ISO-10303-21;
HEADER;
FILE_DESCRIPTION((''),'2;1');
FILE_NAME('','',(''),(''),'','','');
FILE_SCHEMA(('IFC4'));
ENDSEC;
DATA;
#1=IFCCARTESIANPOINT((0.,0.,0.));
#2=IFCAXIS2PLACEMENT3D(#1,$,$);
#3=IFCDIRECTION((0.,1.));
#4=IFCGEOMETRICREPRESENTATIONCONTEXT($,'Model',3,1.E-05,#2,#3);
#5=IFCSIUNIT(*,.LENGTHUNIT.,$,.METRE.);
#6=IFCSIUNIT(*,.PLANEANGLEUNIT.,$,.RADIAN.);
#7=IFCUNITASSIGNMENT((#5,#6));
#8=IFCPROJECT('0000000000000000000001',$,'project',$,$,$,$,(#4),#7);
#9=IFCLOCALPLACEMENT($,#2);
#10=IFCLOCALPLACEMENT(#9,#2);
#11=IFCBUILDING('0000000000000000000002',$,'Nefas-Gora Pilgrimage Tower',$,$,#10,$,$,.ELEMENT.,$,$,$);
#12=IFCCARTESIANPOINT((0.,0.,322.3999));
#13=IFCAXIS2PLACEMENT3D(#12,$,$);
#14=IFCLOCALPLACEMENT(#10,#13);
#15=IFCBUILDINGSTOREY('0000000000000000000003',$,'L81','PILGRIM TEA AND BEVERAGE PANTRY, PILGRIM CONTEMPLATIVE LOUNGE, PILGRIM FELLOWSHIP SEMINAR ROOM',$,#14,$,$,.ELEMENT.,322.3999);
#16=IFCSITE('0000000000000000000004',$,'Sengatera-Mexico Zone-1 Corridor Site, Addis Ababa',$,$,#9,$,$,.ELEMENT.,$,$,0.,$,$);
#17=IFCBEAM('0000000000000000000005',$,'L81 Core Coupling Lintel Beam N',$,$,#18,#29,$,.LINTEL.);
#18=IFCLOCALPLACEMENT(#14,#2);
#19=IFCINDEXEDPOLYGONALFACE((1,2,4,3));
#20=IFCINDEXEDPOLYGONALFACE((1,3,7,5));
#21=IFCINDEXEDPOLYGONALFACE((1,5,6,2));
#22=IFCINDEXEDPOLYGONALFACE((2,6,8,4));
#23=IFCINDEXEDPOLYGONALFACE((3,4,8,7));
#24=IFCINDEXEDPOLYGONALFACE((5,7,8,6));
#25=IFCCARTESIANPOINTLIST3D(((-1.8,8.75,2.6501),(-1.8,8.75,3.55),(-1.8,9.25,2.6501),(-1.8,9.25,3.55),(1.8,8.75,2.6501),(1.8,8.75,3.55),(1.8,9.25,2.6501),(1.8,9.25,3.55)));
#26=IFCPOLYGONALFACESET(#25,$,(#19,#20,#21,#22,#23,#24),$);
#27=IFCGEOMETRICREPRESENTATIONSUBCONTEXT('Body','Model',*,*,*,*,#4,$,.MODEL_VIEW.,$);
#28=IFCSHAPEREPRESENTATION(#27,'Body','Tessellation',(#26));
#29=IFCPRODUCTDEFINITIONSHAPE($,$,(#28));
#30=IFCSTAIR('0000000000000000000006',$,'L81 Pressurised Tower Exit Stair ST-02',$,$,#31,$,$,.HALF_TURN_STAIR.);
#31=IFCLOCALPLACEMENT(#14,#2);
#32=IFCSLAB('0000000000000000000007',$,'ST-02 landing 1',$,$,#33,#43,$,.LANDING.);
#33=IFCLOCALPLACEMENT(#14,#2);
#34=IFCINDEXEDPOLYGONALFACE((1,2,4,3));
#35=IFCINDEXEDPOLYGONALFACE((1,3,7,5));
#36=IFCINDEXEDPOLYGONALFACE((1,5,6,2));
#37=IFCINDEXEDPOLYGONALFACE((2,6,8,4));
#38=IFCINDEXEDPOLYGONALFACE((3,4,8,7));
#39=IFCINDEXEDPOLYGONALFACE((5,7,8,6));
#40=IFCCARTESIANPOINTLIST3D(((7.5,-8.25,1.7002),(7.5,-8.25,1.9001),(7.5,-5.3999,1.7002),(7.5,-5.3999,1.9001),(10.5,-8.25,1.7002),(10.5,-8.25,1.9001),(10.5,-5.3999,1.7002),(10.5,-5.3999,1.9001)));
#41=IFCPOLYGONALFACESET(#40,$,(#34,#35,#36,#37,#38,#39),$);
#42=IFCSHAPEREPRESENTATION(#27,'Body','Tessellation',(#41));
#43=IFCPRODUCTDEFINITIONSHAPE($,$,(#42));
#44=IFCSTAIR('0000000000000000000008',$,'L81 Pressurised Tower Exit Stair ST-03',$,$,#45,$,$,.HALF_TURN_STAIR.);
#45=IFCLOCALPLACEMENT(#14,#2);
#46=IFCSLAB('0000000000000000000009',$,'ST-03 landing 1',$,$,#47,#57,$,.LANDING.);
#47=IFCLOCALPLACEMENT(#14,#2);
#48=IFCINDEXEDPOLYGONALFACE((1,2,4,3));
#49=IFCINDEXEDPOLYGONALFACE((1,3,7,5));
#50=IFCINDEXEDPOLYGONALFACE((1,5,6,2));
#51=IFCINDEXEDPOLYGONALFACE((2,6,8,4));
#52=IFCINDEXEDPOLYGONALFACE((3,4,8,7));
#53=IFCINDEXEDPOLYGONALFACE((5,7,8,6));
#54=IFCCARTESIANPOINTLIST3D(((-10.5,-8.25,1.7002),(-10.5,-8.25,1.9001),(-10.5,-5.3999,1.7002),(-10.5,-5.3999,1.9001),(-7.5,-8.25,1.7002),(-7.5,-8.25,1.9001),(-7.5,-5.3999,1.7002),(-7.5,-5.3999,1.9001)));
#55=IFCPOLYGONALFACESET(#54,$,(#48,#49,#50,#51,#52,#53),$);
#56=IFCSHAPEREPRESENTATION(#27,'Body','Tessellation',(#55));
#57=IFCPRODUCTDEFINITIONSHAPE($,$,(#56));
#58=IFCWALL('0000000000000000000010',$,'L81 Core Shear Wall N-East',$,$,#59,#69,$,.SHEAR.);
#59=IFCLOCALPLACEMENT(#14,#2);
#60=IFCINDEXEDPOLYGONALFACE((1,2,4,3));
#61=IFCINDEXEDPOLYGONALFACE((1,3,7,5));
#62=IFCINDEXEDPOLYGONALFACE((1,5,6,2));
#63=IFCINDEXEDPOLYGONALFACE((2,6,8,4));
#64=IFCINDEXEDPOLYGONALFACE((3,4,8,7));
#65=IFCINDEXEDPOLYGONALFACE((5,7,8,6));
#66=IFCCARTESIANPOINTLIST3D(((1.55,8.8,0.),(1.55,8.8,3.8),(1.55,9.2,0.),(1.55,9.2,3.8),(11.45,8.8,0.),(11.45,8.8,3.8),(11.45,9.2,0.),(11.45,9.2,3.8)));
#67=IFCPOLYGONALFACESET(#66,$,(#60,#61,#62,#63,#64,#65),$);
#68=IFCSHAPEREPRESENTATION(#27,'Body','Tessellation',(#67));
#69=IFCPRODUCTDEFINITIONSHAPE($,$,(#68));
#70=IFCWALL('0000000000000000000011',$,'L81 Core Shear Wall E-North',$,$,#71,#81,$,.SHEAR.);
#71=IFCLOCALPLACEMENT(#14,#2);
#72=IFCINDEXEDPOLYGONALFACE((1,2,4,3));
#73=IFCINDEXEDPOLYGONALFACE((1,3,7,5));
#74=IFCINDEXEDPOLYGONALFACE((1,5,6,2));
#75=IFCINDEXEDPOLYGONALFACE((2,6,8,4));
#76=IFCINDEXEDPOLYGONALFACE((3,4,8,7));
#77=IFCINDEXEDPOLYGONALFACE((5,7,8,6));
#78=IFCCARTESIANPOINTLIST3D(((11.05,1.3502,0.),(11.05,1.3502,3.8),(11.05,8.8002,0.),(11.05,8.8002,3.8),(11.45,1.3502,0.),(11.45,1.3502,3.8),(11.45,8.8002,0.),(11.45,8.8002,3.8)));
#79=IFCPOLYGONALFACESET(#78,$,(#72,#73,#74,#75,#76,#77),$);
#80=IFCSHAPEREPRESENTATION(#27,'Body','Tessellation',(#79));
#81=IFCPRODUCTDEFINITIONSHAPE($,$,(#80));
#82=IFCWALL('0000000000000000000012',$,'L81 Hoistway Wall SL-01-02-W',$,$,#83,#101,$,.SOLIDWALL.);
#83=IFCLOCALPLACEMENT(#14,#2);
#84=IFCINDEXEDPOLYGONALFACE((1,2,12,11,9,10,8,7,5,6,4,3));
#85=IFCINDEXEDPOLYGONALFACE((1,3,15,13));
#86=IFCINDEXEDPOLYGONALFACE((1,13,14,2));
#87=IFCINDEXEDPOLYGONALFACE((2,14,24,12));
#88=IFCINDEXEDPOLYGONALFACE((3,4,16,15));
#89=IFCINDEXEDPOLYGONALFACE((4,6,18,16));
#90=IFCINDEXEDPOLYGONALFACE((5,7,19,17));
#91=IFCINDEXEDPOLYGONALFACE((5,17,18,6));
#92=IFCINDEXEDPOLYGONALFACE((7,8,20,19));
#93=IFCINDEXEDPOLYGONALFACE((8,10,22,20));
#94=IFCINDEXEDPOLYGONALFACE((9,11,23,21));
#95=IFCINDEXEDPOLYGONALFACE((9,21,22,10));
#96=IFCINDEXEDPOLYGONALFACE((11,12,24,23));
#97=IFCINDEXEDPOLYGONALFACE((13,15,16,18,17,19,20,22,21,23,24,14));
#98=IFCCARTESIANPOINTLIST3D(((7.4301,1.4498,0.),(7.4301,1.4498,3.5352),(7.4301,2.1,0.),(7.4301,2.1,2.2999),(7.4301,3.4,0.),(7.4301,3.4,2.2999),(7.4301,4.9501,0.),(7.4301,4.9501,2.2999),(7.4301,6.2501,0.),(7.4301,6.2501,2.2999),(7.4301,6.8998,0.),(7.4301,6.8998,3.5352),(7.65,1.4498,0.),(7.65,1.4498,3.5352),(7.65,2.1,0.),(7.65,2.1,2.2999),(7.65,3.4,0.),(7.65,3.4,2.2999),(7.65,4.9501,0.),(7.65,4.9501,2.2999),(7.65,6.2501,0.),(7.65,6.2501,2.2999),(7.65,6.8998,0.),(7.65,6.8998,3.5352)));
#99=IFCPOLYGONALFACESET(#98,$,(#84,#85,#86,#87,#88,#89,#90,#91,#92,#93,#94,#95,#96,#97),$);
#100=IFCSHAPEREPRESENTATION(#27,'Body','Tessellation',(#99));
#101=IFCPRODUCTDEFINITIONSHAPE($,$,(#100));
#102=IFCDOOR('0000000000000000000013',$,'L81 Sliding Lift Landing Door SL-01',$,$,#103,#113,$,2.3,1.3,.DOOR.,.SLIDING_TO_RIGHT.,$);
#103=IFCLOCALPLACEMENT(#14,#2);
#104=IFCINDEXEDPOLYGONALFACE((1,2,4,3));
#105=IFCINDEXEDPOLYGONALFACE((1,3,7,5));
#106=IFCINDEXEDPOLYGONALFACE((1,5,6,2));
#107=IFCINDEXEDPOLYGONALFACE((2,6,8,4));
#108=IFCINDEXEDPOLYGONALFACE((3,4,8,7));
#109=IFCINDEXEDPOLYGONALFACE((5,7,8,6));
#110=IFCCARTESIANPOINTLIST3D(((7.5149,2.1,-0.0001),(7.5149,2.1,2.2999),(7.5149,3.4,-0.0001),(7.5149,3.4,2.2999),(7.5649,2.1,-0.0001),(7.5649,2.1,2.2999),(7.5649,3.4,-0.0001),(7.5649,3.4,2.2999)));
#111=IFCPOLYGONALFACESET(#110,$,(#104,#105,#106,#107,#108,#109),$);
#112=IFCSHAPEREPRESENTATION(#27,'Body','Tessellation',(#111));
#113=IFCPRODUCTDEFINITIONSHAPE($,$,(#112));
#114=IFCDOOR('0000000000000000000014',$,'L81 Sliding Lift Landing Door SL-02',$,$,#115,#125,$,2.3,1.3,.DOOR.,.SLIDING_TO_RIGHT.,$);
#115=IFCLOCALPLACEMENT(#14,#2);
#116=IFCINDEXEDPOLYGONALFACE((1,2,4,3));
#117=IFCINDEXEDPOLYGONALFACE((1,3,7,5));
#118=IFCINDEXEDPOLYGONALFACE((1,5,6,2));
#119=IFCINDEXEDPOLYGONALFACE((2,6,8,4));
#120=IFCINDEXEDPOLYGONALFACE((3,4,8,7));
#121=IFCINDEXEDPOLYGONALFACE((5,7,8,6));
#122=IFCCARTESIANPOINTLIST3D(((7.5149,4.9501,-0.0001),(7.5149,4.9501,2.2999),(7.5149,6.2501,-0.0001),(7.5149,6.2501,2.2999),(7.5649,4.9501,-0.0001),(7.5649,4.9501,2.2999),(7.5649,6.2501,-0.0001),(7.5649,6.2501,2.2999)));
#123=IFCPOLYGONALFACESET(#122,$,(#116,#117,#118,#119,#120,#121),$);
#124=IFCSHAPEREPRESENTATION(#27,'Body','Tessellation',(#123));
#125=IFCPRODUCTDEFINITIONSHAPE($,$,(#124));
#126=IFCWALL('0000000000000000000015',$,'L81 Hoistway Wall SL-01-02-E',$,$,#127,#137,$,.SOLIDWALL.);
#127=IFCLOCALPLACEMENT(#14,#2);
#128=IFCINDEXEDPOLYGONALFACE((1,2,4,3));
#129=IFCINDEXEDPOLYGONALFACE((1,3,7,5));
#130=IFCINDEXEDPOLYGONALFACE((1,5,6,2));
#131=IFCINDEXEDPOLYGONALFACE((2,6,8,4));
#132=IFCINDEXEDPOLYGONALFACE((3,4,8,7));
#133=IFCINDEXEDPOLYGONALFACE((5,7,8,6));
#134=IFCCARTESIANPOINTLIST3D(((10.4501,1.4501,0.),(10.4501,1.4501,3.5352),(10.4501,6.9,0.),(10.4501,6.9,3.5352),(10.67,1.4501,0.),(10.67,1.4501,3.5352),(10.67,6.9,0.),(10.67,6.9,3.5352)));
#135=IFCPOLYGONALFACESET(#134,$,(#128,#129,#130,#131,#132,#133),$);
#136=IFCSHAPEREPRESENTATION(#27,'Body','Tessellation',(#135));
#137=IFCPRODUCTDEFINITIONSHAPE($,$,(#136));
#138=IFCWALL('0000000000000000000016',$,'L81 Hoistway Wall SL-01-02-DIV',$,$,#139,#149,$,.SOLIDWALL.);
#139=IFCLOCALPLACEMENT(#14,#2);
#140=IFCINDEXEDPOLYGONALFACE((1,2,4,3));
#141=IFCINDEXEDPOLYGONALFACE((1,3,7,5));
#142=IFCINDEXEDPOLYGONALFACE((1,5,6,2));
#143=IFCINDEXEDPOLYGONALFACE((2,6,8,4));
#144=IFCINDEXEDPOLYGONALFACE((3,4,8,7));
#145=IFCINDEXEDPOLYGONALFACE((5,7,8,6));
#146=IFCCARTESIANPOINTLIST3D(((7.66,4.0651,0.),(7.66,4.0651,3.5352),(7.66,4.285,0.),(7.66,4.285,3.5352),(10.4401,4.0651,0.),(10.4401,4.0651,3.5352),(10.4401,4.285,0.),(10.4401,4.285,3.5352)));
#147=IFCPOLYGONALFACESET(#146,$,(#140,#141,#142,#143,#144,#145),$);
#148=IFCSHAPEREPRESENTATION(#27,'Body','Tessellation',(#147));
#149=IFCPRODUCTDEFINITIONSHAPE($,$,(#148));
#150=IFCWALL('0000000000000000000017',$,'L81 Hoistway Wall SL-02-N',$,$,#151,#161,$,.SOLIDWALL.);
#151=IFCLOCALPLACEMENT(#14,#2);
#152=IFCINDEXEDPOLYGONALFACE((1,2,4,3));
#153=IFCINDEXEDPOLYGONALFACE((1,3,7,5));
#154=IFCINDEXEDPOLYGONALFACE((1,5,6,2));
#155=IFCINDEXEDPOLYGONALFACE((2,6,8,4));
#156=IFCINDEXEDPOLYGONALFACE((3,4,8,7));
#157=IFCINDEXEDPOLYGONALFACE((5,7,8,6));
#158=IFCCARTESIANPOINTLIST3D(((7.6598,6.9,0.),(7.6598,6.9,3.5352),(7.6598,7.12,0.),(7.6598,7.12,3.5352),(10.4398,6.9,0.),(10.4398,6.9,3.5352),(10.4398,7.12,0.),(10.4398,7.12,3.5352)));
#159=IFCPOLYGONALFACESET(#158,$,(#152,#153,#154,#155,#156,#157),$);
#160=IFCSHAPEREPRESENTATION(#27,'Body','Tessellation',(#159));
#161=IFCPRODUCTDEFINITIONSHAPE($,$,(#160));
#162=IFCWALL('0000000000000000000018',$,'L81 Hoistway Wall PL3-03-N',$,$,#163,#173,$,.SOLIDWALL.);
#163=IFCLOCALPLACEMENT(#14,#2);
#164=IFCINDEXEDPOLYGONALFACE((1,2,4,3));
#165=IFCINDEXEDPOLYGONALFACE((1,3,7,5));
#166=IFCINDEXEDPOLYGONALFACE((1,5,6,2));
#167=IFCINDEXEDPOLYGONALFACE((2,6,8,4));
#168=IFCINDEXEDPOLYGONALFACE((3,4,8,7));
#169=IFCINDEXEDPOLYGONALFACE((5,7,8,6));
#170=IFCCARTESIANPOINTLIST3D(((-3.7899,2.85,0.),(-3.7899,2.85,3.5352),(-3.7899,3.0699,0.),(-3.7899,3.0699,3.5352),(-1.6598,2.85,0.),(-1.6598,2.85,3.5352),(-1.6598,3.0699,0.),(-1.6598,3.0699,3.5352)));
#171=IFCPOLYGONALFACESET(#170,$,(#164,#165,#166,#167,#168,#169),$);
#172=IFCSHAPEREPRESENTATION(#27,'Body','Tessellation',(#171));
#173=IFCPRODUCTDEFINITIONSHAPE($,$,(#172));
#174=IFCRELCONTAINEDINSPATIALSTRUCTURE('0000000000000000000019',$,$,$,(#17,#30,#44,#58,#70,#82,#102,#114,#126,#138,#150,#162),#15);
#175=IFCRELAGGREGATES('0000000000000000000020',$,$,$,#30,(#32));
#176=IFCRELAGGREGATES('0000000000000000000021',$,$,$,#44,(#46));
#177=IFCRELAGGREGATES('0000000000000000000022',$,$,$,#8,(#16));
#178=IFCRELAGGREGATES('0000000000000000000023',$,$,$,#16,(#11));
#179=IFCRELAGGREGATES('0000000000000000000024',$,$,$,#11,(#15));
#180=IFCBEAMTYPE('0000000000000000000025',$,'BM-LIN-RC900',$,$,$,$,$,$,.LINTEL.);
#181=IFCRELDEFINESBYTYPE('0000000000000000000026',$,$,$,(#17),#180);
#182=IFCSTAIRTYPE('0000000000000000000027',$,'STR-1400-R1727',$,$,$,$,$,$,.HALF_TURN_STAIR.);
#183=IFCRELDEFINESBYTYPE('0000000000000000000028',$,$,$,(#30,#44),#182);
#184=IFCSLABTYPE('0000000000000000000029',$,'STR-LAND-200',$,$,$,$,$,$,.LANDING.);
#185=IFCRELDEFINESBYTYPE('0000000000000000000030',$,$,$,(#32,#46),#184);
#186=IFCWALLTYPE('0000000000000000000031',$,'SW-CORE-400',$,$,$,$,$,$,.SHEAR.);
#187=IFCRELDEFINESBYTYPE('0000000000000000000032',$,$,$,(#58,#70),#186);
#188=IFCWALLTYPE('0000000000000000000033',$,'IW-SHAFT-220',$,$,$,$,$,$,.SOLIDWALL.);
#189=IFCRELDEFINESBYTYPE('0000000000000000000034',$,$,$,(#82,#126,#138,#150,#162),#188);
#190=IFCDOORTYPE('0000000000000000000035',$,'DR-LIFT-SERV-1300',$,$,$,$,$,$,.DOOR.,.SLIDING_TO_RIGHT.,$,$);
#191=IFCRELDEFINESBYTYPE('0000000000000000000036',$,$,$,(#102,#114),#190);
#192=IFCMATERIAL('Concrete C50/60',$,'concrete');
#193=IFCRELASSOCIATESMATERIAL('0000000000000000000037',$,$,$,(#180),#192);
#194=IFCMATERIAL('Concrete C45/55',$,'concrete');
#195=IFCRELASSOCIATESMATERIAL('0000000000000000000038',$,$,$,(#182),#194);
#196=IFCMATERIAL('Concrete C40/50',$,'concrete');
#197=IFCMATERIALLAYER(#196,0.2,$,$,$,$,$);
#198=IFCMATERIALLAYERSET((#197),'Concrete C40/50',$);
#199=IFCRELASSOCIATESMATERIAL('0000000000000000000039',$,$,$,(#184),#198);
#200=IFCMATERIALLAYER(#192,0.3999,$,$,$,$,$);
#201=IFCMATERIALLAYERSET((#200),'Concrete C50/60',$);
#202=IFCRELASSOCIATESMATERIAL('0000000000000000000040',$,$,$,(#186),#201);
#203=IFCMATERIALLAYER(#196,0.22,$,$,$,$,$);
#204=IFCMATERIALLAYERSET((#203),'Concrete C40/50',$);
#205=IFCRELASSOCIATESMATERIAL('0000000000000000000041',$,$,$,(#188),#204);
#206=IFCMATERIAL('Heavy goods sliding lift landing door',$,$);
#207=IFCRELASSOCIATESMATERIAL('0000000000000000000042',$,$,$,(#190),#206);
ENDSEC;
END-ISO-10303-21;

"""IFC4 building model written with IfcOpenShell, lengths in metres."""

from ifc_helpers import new_model, si_unit, direction, frame, frame_2d, origin, origin_2d, place, context, subcontext, project, spatial, polyline, rectangle, outline, extrude, source, transform, mapped, material, layer, layer_set, material_profile, profile_set, type_object, element, fill, aggregate, save


model = new_model("IFC4")

# Units and contexts
model_context = context("Model", 3, precision=1e-05, world=origin(), true_north=direction((0.0, 1.0)))
body_context = subcontext(model_context, "Body", "Model", "MODEL_VIEW")
ifc_project = project(units=[si_unit("LENGTHUNIT", "METRE"), si_unit("PLANEANGLEUNIT", "RADIAN")], contexts=[model_context])

# Site, building, storey
site_placement = place(None, origin())
site = spatial("IfcSite", under=ifc_project, at=site_placement, Name="Sengatera-Mexico Zone-1 Corridor Site, Addis Ababa", CompositionType="ELEMENT", RefElevation=0.0)
building_placement = place(site_placement, origin())
building = spatial("IfcBuilding", under=site, at=building_placement, Name="Nefas-Gora Pilgrimage Tower", CompositionType="ELEMENT")
storey_placement = place(building_placement, frame((0.0, 0.0, 322.3999)))
storey = spatial("IfcBuildingStorey", under=building, at=storey_placement, Name="L81", Description="PILGRIM TEA AND BEVERAGE PANTRY, PILGRIM CONTEMPLATIVE LOUNGE, PILGRIM FELLOWSHIP SEMINAR ROOM", CompositionType="ELEMENT", Elevation=322.3999)

# Beam
ifc_material_1 = material(Name="Concrete C50/60", Category="concrete")
ifc_material_profile = material_profile(ifc_material_1, rectangle(XDim=0.5, YDim=0.8999, at=origin_2d()), Name="RC 500x900")
ifc_profile_set = profile_set([ifc_material_profile], Name="Concrete C50/60")
beam_type = type_object("IfcBeamType", Name="BM-LIN-RC900", PredefinedType="LINTEL", material=ifc_profile_set)
shared_shape_1 = source(origin(), body_context, "Body", "SweptSolid", [
    extrude(rectangle(XDim=0.5, YDim=0.8999, at=origin_2d()), origin(), (0.0, 0.0, 1.0), 3.6001),
])
beam_placement = place(storey_placement, frame((-1.8, 9.0, 3.1001), z_axis=(1.0, 0.0, 0.0), x_axis=(0.0, 1.0, 0.0)))
element("IfcBeam", 1, at=beam_placement, inside=storey, type_object=beam_type, Name="L81 Core Coupling Lintel Beam N", PredefinedType="LINTEL", context=body_context, shape_type="MappedRepresentation", body=[
    mapped(shared_shape_1, transform((0.0, 0.0, 0.0), x_axis=(1.0, 0.0, 0.0), y_axis=(0.0, 1.0, 0.0), z_axis=(0.0, 0.0, 1.0), scale=1.0)),
])

# Stairs, slabs
ifc_material_2 = material(Name="Concrete C45/55", Category="concrete")
stair_type = type_object("IfcStairType", Name="STR-1400-R1727", PredefinedType="HALF_TURN_STAIR", material=ifc_material_2)
stair_1_placement = place(storey_placement, origin())
stair_1 = element("IfcStair", 2, at=stair_1_placement, inside=storey, type_object=stair_type, Name="L81 Pressurised Tower Exit Stair ST-02", PredefinedType="HALF_TURN_STAIR")
ifc_material_3 = material(Name="Concrete C40/50", Category="concrete")
ifc_layer_1 = layer(ifc_material_3, 0.2)
ifc_layer_set_1 = layer_set([ifc_layer_1], Name="Concrete C40/50")
slab_type = type_object("IfcSlabType", Name="STR-LAND-200", PredefinedType="LANDING", material=ifc_layer_set_1)
slab_1_placement = place(storey_placement, frame((0.0, 0.0, 1.7002)))
slab_1 = element("IfcSlab", 3, at=slab_1_placement, type_object=slab_type, Name="ST-02 landing 1", PredefinedType="LANDING", context=body_context, shape_type="SweptSolid", body=[
    extrude(outline(polyline([(7.5, -5.3999), (7.5, -8.25), (10.5, -8.25), (10.5, -5.3999), (7.5, -5.3999)])), origin(), (0.0, 0.0, 1.0), 0.2),
])
aggregate(stair_1, [slab_1])
stair_2_placement = place(storey_placement, origin())
stair_2 = element("IfcStair", 4, at=stair_2_placement, inside=storey, type_object=stair_type, Name="L81 Pressurised Tower Exit Stair ST-03", PredefinedType="HALF_TURN_STAIR")
slab_2_placement = place(storey_placement, frame((0.0, 0.0, 1.7002)))
slab_2 = element("IfcSlab", 5, at=slab_2_placement, type_object=slab_type, Name="ST-03 landing 1", PredefinedType="LANDING", context=body_context, shape_type="SweptSolid", body=[
    extrude(outline(polyline([(-10.5, -5.3999), (-10.5, -8.25), (-7.5, -8.25), (-7.5, -5.3999), (-10.5, -5.3999)])), origin(), (0.0, 0.0, 1.0), 0.2),
])
aggregate(stair_2, [slab_2])

# Walls
ifc_layer_2 = layer(ifc_material_1, 0.3999)
ifc_layer_set_2 = layer_set([ifc_layer_2], Name="Concrete C50/60")
wall_type_1 = type_object("IfcWallType", Name="SW-CORE-400", PredefinedType="SHEAR", material=ifc_layer_set_2)
shared_shape_2 = source(origin(), body_context, "Body", "SweptSolid", [
    extrude(rectangle(XDim=9.8999, YDim=0.3999, at=frame_2d((4.95, 0.0))), origin(), (0.0, 0.0, 1.0), 3.8),
])
wall_1_placement = place(storey_placement, frame((1.55, 9.0, 0.0), z_axis=(0.0, 0.0, 1.0), x_axis=(1.0, 0.0, 0.0)))
element("IfcWall", 6, at=wall_1_placement, inside=storey, type_object=wall_type_1, Name="L81 Core Shear Wall N-East", PredefinedType="SHEAR", context=body_context, shape_type="MappedRepresentation", body=[
    mapped(shared_shape_2, transform((0.0, 0.0, 0.0), x_axis=(1.0, 0.0, 0.0), y_axis=(0.0, 1.0, 0.0), z_axis=(0.0, 0.0, 1.0), scale=1.0)),
])
shared_shape_3 = source(origin(), body_context, "Body", "SweptSolid", [
    extrude(rectangle(XDim=7.45, YDim=0.3999, at=frame_2d((3.7251, 0.0))), origin(), (0.0, 0.0, 1.0), 3.8),
])
wall_2_placement = place(storey_placement, frame((11.25, 1.3501, 0.0), z_axis=(0.0, 0.0, 1.0), x_axis=(0.0, 1.0, 0.0)))
element("IfcWall", 7, at=wall_2_placement, inside=storey, type_object=wall_type_1, Name="L81 Core Shear Wall E-North", PredefinedType="SHEAR", context=body_context, shape_type="MappedRepresentation", body=[
    mapped(shared_shape_3, transform((0.0, 0.0, 0.0), x_axis=(1.0, 0.0, 0.0), y_axis=(0.0, 1.0, 0.0), z_axis=(0.0, 0.0, 1.0), scale=1.0)),
])

# Wall, openings, doors
ifc_layer_3 = layer(ifc_material_3, 0.22)
ifc_layer_set_3 = layer_set([ifc_layer_3], Name="Concrete C40/50")
wall_type_2 = type_object("IfcWallType", Name="IW-SHAFT-220", PredefinedType="SOLIDWALL", material=ifc_layer_set_3)
shared_shape_4 = source(origin(), body_context, "Body", "SweptSolid", [
    extrude(rectangle(XDim=5.45, YDim=0.22, at=frame_2d((2.7251, 0.0))), origin(), (0.0, 0.0, 1.0), 3.5352),
])
wall_3_placement = place(storey_placement, frame((7.54, 6.8999, 0.0), z_axis=(0.0, 0.0, 1.0), x_axis=(0.0, -1.0, 0.0)))
wall_3 = element("IfcWall", 8, at=wall_3_placement, inside=storey, type_object=wall_type_2, Name="L81 Hoistway Wall SL-01-02-W", PredefinedType="SOLIDWALL", context=body_context, shape_type="MappedRepresentation", body=[
    mapped(shared_shape_4, transform((0.0, 0.0, 0.0), x_axis=(1.0, 0.0, 0.0), y_axis=(0.0, 1.0, 0.0), z_axis=(0.0, 0.0, 1.0), scale=1.0)),
])
opening_1_placement = place(wall_3_placement, frame((3.5, 0.0, 0.0)))
opening_1 = element("IfcOpeningElement", 9, at=opening_1_placement, cuts=wall_3, PredefinedType="OPENING", context=body_context, shape_type="SweptSolid", body=[
    extrude(rectangle(XDim=1.3, YDim=2.3, at=frame_2d((0.6499, 1.1499))), frame((0.0, 0.1199, 0.0), z_axis=(0.0, -1.0, 0.0), x_axis=(1.0, 0.0, 0.0)), (0.0, 0.0, 1.0), 0.24),
])
opening_2_placement = place(wall_3_placement, frame((0.6499, 0.0, 0.0)))
opening_2 = element("IfcOpeningElement", 10, at=opening_2_placement, cuts=wall_3, PredefinedType="OPENING", context=body_context, shape_type="SweptSolid", body=[
    extrude(rectangle(XDim=1.3, YDim=2.3, at=frame_2d((0.6499, 1.1499))), frame((0.0, 0.1199, 0.0), z_axis=(0.0, -1.0, 0.0), x_axis=(1.0, 0.0, 0.0)), (0.0, 0.0, 1.0), 0.24),
])
ifc_material_4 = material(Name="Heavy goods sliding lift landing door")
door_type_1 = type_object("IfcDoorType", Name="DR-LIFT-SERV-1300", OperationType="SLIDING_TO_RIGHT", PredefinedType="DOOR", material=ifc_material_4)
shared_shape_5 = source(origin(), body_context, "Body", "SweptSolid", [
    extrude(rectangle(XDim=1.3, YDim=2.3, at=frame_2d((0.6499, 1.1499))), frame((0.0, 0.0249, 0.0), z_axis=(0.0, -1.0, 0.0), x_axis=(1.0, 0.0, 0.0)), (0.0, 0.0, 1.0), 0.05),
])
door_1_placement = place(opening_1_placement, origin())
door_1 = element("IfcDoor", 11, at=door_1_placement, inside=storey, type_object=door_type_1, Name="L81 Sliding Lift Landing Door SL-01", OperationType="SLIDING_TO_RIGHT", OverallHeight=2.3, OverallWidth=1.3, PredefinedType="DOOR", context=body_context, shape_type="MappedRepresentation", body=[
    mapped(shared_shape_5, transform((0.0, 0.0, 0.0), x_axis=(1.0, 0.0, 0.0), y_axis=(0.0, 1.0, 0.0), z_axis=(0.0, 0.0, 1.0), scale=1.0)),
])
fill(opening_1, door_1)
door_2_placement = place(opening_2_placement, origin())
door_2 = element("IfcDoor", 12, at=door_2_placement, inside=storey, type_object=door_type_1, Name="L81 Sliding Lift Landing Door SL-02", OperationType="SLIDING_TO_RIGHT", OverallHeight=2.3, OverallWidth=1.3, PredefinedType="DOOR", context=body_context, shape_type="MappedRepresentation", body=[
    mapped(shared_shape_5, transform((0.0, 0.0, 0.0), x_axis=(1.0, 0.0, 0.0), y_axis=(0.0, 1.0, 0.0), z_axis=(0.0, 0.0, 1.0), scale=1.0)),
])
fill(opening_2, door_2)

# Walls
wall_4_placement = place(storey_placement, frame((10.5601, 1.45, 0.0), z_axis=(0.0, 0.0, 1.0), x_axis=(0.0, 1.0, 0.0)))
element("IfcWall", 13, at=wall_4_placement, inside=storey, type_object=wall_type_2, Name="L81 Hoistway Wall SL-01-02-E", PredefinedType="SOLIDWALL", context=body_context, shape_type="MappedRepresentation", body=[
    mapped(shared_shape_4, transform((0.0, 0.0, 0.0), x_axis=(1.0, 0.0, 0.0), y_axis=(0.0, 1.0, 0.0), z_axis=(0.0, 0.0, 1.0), scale=1.0)),
])
shared_shape_6 = source(origin(), body_context, "Body", "SweptSolid", [
    extrude(rectangle(XDim=2.78, YDim=0.22, at=frame_2d((1.3901, 0.0))), origin(), (0.0, 0.0, 1.0), 3.5352),
])
for number, where, z_axis, x_axis, name in (
    (14, (7.6599, 4.175, 0.0), (0.0, 0.0, 1.0), (1.0, 0.0, 0.0), "L81 Hoistway Wall SL-01-02-DIV"),
    (15, (10.4399, 7.01, 0.0), (0.0, 0.0, 1.0), (-1.0, 0.0, 0.0), "L81 Hoistway Wall SL-02-N"),
):
    element("IfcWall", number, at=place(storey_placement, frame(where, z_axis=z_axis, x_axis=x_axis)), inside=storey, type_object=wall_type_2, Name=name, PredefinedType="SOLIDWALL", context=body_context, shape_type="MappedRepresentation", body=[
        mapped(shared_shape_6, transform((0.0, 0.0, 0.0), x_axis=(1.0, 0.0, 0.0), y_axis=(0.0, 1.0, 0.0), z_axis=(0.0, 0.0, 1.0), scale=1.0)),
    ])
shared_shape_7 = source(origin(), body_context, "Body", "SweptSolid", [
    extrude(rectangle(XDim=2.1301, YDim=0.22, at=frame_2d((1.0649, 0.0))), origin(), (0.0, 0.0, 1.0), 3.5352),
])
for number, where, z_axis, x_axis, name in (
    (16, (-1.6599, 2.96, 0.0), (0.0, 0.0, 1.0), (-1.0, 0.0, 0.0), "L81 Hoistway Wall PL3-03-N"),
):
    element("IfcWall", number, at=place(storey_placement, frame(where, z_axis=z_axis, x_axis=x_axis)), inside=storey, type_object=wall_type_2, Name=name, PredefinedType="SOLIDWALL", context=body_context, shape_type="MappedRepresentation", body=[
        mapped(shared_shape_7, transform((0.0, 0.0, 0.0), x_axis=(1.0, 0.0, 0.0), y_axis=(0.0, 1.0, 0.0), z_axis=(0.0, 0.0, 1.0), scale=1.0)),
    ])

save(model, "model.ifc")
